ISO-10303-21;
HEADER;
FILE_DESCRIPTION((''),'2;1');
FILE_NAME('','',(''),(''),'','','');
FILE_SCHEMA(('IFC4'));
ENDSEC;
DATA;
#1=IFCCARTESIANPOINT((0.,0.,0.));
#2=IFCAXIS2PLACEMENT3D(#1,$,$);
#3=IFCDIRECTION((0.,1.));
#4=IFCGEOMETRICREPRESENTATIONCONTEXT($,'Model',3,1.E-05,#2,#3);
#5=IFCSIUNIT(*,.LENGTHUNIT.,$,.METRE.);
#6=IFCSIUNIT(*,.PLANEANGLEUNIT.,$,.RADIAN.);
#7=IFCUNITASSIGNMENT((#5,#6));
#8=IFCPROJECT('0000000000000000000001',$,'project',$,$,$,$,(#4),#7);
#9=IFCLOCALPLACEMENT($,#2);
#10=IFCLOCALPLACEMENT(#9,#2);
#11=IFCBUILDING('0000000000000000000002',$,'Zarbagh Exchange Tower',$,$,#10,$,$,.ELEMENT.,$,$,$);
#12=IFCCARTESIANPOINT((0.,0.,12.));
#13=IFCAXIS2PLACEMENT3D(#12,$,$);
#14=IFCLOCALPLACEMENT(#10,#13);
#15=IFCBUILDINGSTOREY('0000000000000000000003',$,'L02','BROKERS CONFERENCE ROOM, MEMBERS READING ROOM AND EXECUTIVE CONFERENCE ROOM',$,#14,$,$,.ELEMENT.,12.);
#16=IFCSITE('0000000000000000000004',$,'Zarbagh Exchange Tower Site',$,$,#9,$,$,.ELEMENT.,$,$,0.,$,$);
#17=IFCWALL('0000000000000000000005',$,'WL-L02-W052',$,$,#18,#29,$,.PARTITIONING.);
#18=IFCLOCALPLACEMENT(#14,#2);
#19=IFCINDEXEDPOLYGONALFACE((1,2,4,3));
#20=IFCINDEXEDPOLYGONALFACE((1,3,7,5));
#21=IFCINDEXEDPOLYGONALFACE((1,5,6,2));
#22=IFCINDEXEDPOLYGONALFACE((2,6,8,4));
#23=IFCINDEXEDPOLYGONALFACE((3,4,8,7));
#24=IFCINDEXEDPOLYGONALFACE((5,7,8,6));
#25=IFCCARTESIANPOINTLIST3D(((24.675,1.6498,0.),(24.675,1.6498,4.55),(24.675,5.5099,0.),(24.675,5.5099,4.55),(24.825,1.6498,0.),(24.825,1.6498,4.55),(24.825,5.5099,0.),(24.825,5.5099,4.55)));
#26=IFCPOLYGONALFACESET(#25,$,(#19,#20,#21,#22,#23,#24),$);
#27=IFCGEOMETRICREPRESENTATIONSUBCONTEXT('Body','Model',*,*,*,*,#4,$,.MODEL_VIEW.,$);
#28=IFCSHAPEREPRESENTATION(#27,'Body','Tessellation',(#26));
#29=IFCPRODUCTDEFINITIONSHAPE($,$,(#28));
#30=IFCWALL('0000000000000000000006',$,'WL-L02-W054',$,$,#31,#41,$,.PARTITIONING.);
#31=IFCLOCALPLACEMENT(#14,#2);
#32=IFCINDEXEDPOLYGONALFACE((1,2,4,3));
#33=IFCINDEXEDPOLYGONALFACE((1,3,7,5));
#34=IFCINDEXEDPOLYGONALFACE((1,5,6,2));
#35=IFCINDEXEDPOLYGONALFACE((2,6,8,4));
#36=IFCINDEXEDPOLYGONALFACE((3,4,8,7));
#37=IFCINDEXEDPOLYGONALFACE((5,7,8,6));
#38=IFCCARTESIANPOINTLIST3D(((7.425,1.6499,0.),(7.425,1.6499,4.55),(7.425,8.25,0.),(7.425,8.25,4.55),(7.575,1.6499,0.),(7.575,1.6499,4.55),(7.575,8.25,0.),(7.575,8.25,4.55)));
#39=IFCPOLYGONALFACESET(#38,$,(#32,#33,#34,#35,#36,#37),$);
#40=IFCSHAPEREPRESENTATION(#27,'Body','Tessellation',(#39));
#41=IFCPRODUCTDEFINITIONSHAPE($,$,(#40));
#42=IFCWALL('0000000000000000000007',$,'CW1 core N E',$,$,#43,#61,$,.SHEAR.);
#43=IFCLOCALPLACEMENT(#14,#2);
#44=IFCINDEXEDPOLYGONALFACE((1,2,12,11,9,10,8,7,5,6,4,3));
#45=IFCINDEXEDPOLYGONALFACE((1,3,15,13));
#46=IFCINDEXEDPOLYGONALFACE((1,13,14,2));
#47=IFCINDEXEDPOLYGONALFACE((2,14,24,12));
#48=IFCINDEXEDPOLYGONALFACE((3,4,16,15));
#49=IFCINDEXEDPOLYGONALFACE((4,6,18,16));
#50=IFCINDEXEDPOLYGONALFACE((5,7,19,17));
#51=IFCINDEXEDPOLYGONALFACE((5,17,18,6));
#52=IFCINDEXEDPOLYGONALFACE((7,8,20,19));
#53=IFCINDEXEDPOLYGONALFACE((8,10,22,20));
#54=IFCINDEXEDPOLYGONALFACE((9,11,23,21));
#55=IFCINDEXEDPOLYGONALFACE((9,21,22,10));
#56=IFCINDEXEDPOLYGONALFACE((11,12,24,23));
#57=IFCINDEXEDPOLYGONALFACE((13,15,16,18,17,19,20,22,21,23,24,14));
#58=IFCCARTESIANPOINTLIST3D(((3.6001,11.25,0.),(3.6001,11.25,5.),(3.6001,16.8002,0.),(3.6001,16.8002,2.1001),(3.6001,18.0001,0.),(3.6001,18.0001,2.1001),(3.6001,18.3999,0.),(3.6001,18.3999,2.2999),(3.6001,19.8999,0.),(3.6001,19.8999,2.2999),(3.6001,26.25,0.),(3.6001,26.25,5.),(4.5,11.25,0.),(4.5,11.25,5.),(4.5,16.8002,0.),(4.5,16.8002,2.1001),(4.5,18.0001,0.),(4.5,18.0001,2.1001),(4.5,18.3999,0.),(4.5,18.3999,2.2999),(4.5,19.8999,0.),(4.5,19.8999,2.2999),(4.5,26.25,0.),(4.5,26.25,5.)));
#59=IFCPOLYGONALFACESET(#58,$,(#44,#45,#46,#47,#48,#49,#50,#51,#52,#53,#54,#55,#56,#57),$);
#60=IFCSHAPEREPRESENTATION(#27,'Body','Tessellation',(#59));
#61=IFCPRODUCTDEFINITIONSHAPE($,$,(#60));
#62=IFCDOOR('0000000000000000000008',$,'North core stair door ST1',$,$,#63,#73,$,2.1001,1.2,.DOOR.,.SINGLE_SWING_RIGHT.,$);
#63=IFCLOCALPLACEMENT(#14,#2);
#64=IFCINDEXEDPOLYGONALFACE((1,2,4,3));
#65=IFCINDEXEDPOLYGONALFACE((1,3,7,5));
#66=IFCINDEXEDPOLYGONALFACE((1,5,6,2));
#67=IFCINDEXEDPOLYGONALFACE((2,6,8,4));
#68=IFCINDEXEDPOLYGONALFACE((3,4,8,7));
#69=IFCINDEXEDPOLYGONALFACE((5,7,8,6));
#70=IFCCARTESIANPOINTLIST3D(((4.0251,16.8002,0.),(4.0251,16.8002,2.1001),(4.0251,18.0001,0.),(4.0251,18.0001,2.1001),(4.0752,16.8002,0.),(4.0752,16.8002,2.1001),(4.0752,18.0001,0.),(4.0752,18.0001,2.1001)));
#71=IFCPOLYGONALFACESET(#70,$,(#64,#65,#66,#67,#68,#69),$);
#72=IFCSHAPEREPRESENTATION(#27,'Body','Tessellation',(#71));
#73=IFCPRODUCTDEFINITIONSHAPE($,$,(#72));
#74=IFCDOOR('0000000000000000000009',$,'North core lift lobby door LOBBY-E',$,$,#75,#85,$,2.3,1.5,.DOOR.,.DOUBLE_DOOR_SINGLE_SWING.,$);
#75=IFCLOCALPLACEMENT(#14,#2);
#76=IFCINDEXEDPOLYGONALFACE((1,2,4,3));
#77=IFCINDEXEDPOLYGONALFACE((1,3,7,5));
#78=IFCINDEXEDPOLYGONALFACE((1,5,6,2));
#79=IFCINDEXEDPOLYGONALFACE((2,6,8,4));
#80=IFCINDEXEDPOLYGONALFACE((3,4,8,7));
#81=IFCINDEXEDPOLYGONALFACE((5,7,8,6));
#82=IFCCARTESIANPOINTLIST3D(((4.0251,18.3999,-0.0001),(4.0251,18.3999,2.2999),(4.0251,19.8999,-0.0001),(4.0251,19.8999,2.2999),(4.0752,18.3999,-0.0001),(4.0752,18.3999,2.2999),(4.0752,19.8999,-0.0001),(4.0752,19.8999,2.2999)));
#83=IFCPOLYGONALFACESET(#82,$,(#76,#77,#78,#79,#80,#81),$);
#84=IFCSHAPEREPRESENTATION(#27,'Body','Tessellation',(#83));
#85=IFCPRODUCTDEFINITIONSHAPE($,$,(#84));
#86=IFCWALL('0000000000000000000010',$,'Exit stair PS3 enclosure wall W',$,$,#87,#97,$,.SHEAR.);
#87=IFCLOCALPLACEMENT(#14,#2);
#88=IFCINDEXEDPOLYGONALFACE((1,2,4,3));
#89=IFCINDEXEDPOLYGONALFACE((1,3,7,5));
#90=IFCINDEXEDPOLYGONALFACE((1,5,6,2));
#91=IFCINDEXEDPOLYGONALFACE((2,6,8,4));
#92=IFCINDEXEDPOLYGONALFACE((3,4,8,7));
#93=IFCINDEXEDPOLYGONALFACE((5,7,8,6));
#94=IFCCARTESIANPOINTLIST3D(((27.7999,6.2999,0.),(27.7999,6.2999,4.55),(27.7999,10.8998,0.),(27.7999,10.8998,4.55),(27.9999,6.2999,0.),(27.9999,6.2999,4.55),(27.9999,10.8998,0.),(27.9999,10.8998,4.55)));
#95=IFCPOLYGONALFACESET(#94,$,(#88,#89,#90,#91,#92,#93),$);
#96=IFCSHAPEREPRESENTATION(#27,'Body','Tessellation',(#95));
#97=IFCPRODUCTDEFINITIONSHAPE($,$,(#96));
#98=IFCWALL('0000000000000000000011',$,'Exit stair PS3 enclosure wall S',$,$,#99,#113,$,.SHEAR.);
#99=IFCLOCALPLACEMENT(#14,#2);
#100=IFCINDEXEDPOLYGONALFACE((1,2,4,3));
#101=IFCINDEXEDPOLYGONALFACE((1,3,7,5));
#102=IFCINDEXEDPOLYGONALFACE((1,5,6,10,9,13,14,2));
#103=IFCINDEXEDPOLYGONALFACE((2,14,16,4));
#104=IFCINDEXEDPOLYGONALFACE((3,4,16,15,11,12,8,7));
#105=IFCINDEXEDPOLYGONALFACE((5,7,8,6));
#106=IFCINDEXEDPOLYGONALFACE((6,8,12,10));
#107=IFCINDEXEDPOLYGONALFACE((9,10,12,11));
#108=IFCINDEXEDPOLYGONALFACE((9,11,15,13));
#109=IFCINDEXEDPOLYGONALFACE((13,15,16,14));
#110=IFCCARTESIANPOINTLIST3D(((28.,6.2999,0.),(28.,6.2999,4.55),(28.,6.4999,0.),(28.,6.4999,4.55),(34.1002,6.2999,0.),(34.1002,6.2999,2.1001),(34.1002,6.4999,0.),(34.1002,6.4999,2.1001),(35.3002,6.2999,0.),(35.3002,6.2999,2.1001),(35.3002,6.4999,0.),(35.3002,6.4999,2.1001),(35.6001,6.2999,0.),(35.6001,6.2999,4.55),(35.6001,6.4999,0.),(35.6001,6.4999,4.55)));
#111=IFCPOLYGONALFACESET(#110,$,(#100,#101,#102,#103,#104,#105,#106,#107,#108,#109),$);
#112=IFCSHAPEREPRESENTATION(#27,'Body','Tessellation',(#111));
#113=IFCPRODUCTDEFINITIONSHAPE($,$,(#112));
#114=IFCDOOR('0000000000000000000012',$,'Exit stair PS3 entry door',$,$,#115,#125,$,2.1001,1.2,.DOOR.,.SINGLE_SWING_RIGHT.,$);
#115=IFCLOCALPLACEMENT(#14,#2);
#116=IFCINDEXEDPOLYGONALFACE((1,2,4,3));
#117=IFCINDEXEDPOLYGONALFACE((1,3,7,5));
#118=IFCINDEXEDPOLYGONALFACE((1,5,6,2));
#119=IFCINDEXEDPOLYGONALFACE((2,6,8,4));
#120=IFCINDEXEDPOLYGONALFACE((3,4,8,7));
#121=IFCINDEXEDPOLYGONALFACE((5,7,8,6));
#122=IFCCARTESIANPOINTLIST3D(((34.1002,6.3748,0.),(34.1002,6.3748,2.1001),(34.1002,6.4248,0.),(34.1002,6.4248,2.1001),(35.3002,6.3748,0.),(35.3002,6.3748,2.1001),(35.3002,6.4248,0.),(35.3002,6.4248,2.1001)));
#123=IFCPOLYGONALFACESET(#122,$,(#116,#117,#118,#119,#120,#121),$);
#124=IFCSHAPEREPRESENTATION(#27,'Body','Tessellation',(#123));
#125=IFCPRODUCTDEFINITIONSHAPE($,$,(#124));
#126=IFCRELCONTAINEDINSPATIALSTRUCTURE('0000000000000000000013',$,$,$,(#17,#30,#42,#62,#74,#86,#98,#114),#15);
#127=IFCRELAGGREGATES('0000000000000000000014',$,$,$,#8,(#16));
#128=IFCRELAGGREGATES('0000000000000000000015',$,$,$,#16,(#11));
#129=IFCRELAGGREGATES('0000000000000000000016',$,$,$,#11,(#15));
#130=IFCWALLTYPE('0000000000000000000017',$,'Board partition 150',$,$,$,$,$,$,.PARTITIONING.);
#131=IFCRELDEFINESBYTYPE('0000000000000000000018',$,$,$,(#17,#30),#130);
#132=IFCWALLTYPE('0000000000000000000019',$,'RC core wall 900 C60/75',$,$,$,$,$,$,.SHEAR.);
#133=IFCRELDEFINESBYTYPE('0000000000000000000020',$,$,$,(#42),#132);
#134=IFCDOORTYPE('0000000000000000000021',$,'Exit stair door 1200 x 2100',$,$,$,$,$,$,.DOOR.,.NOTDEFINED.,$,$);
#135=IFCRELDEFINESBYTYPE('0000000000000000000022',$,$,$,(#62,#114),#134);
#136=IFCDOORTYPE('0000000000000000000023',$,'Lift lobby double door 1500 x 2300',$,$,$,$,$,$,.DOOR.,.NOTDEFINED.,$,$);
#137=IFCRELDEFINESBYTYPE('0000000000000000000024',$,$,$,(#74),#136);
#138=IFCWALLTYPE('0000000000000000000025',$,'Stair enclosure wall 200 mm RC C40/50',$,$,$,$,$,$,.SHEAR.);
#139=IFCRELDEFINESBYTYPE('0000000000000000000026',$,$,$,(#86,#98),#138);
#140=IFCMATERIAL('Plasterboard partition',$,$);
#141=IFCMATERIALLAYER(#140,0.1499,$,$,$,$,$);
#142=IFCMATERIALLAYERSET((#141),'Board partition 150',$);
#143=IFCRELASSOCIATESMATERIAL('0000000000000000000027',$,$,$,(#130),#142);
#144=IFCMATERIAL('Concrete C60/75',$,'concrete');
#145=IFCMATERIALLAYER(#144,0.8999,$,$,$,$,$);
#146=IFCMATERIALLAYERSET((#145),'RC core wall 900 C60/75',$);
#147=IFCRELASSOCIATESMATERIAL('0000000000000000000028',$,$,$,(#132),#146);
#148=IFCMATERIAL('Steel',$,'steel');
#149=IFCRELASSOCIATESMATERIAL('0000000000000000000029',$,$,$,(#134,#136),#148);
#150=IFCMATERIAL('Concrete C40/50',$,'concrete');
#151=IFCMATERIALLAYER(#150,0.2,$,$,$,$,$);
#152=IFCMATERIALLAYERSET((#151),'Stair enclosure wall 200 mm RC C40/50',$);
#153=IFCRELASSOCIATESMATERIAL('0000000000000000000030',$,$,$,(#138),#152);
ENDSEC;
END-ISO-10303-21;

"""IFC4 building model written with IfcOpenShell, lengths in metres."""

from ifc_helpers import new_model, si_unit, direction, frame, frame_2d, origin, place, context, subcontext, project, spatial, rectangle, extrude, material, layer, layer_set, type_object, element, fill, save


model = new_model("IFC4")

# Units and contexts
model_context = context("Model", 3, precision=1e-05, world=origin(), true_north=direction((0.0, 1.0)))
body_context = subcontext(model_context, "Body", "Model", "MODEL_VIEW")
ifc_project = project(units=[si_unit("LENGTHUNIT", "METRE"), si_unit("PLANEANGLEUNIT", "RADIAN")], contexts=[model_context])

# Site, building, storey
site_placement = place(None, origin())
site = spatial("IfcSite", under=ifc_project, at=site_placement, Name="Zarbagh Exchange Tower Site", CompositionType="ELEMENT", RefElevation=0.0)
building_placement = place(site_placement, origin())
building = spatial("IfcBuilding", under=site, at=building_placement, Name="Zarbagh Exchange Tower", CompositionType="ELEMENT")
storey_placement = place(building_placement, frame((0.0, 0.0, 12.0)))
storey = spatial("IfcBuildingStorey", under=building, at=storey_placement, Name="L02", Description="BROKERS CONFERENCE ROOM, MEMBERS READING ROOM AND EXECUTIVE CONFERENCE ROOM", CompositionType="ELEMENT", Elevation=12.0)

# Shared definitions
ifc_material_1 = material(Name="Concrete C60/75", Category="concrete")

# Shared definitions
ifc_material_2 = material(Name="Plasterboard partition")
ifc_layer_1 = layer(ifc_material_2, 0.1499)
ifc_layer_set_1 = layer_set([ifc_layer_1], Name="Board partition 150")
wall_type_1 = type_object("IfcWallType", Name="Board partition 150", PredefinedType="PARTITIONING", material=ifc_layer_set_1)

# Walls
wall_1_placement = place(storey_placement, frame((24.75, 5.51, 0.0), z_axis=(0.0, 0.0, 1.0), x_axis=(0.0, -1.0, 0.0)))
element("IfcWall", 1, at=wall_1_placement, inside=storey, type_object=wall_type_1, Name="WL-L02-W052", PredefinedType="PARTITIONING", context=body_context, shape_type="SweptSolid", body=[
    extrude(rectangle(XDim=3.8601, YDim=0.1499, at=frame_2d((1.9302, 0.0))), origin(), (0.0, 0.0, 1.0), 4.55),
])
wall_2_placement = place(storey_placement, frame((7.5, 1.6499, 0.0), z_axis=(0.0, 0.0, 1.0), x_axis=(0.0, 1.0, 0.0)))
element("IfcWall", 2, at=wall_2_placement, inside=storey, type_object=wall_type_1, Name="WL-L02-W054", PredefinedType="PARTITIONING", context=body_context, shape_type="SweptSolid", body=[
    extrude(rectangle(XDim=6.6001, YDim=0.1499, at=frame_2d((3.3, 0.0))), origin(), (0.0, 0.0, 1.0), 4.55),
])

# Wall, openings, doors
ifc_layer_2 = layer(ifc_material_1, 0.8999)
ifc_layer_set_2 = layer_set([ifc_layer_2], Name="RC core wall 900 C60/75")
wall_type_2 = type_object("IfcWallType", Name="RC core wall 900 C60/75", PredefinedType="SHEAR", material=ifc_layer_set_2)
wall_3_placement = place(storey_placement, frame((4.05, 11.25, 0.0), z_axis=(0.0, 0.0, 1.0), x_axis=(0.0, 1.0, 0.0)))
wall_3 = element("IfcWall", 3, at=wall_3_placement, inside=storey, type_object=wall_type_2, Name="CW1 core N E", PredefinedType="SHEAR", context=body_context, shape_type="SweptSolid", body=[
    extrude(rectangle(XDim=15.0, YDim=0.8999, at=frame_2d((7.5, 0.0))), origin(), (0.0, 0.0, 1.0), 5.0),
])
opening_1_placement = place(wall_3_placement, frame((7.1499, 0.0, 0.0)))
opening_1 = element("IfcOpeningElement", 4, at=opening_1_placement, cuts=wall_3, PredefinedType="OPENING", context=body_context, shape_type="SweptSolid", body=[
    extrude(rectangle(XDim=1.5, YDim=2.3, at=frame_2d((0.75, 1.1499))), frame((0.0, 0.46, 0.0), z_axis=(0.0, -1.0, 0.0), x_axis=(1.0, 0.0, 0.0)), (0.0, 0.0, 1.0), 0.9199),
])
opening_2_placement = place(wall_3_placement, frame((5.55, 0.0, 0.0)))
opening_2 = element("IfcOpeningElement", 5, at=opening_2_placement, cuts=wall_3, PredefinedType="OPENING", context=body_context, shape_type="SweptSolid", body=[
    extrude(rectangle(XDim=1.2, YDim=2.1001, at=frame_2d((0.6001, 1.05))), frame((0.0, 0.46, 0.0), z_axis=(0.0, -1.0, 0.0), x_axis=(1.0, 0.0, 0.0)), (0.0, 0.0, 1.0), 0.9199),
])
ifc_material_3 = material(Name="Steel", Category="steel")
door_type_1 = type_object("IfcDoorType", Name="Exit stair door 1200 x 2100", OperationType="NOTDEFINED", PredefinedType="DOOR", material=ifc_material_3)
door_1_placement = place(opening_2_placement, origin())
door_1 = element("IfcDoor", 6, at=door_1_placement, inside=storey, type_object=door_type_1, Name="North core stair door ST1", OperationType="SINGLE_SWING_RIGHT", OverallHeight=2.1001, OverallWidth=1.2, PredefinedType="DOOR", context=body_context, shape_type="SweptSolid", body=[
    extrude(rectangle(XDim=1.2, YDim=2.1001, at=frame_2d((0.6001, 1.05))), frame((0.0, 0.0249, 0.0), z_axis=(0.0, -1.0, 0.0), x_axis=(1.0, 0.0, 0.0)), (0.0, 0.0, 1.0), 0.05),
])
fill(opening_2, door_1)
door_type_2 = type_object("IfcDoorType", Name="Lift lobby double door 1500 x 2300", OperationType="NOTDEFINED", PredefinedType="DOOR", material=ifc_material_3)
door_2_placement = place(opening_1_placement, origin())
door_2 = element("IfcDoor", 7, at=door_2_placement, inside=storey, type_object=door_type_2, Name="North core lift lobby door LOBBY-E", OperationType="DOUBLE_DOOR_SINGLE_SWING", OverallHeight=2.3, OverallWidth=1.5, PredefinedType="DOOR", context=body_context, shape_type="SweptSolid", body=[
    extrude(rectangle(XDim=1.5, YDim=2.3, at=frame_2d((0.75, 1.1499))), frame((0.0, 0.0249, 0.0), z_axis=(0.0, -1.0, 0.0), x_axis=(1.0, 0.0, 0.0)), (0.0, 0.0, 1.0), 0.05),
])
fill(opening_1, door_2)

# Wall
ifc_material_4 = material(Name="Concrete C40/50", Category="concrete")
ifc_layer_3 = layer(ifc_material_4, 0.2)
ifc_layer_set_3 = layer_set([ifc_layer_3], Name="Stair enclosure wall 200 mm RC C40/50")
wall_type_3 = type_object("IfcWallType", Name="Stair enclosure wall 200 mm RC C40/50", PredefinedType="SHEAR", material=ifc_layer_set_3)
wall_4_placement = place(storey_placement, frame((27.8999, 6.3, 0.0), z_axis=(0.0, 0.0, 1.0), x_axis=(0.0, 1.0, 0.0)))
element("IfcWall", 8, at=wall_4_placement, inside=storey, type_object=wall_type_3, Name="Exit stair PS3 enclosure wall W", PredefinedType="SHEAR", context=body_context, shape_type="SweptSolid", body=[
    extrude(rectangle(XDim=4.5999, YDim=0.2, at=frame_2d((2.2998, 0.0))), origin(), (0.0, 0.0, 1.0), 4.55),
])

# Wall, opening, door
wall_5_placement = place(storey_placement, frame((28.0, 6.3999, 0.0), z_axis=(0.0, 0.0, 1.0), x_axis=(1.0, 0.0, 0.0)))
wall_5 = element("IfcWall", 9, at=wall_5_placement, inside=storey, type_object=wall_type_3, Name="Exit stair PS3 enclosure wall S", PredefinedType="SHEAR", context=body_context, shape_type="SweptSolid", body=[
    extrude(rectangle(XDim=7.6001, YDim=0.2, at=frame_2d((3.8, 0.0))), origin(), (0.0, 0.0, 1.0), 4.55),
])
opening_3_placement = place(wall_5_placement, frame((6.1001, 0.0, 0.0)))
opening_3 = element("IfcOpeningElement", 10, at=opening_3_placement, cuts=wall_5, PredefinedType="OPENING", context=body_context, shape_type="SweptSolid", body=[
    extrude(rectangle(XDim=1.2, YDim=2.1001, at=frame_2d((0.6001, 1.05))), frame((0.0, 0.1099, 0.0), z_axis=(0.0, -1.0, 0.0), x_axis=(1.0, 0.0, 0.0)), (0.0, 0.0, 1.0), 0.22),
])
door_3_placement = place(opening_3_placement, origin())
door_3 = element("IfcDoor", 11, at=door_3_placement, inside=storey, type_object=door_type_1, Name="Exit stair PS3 entry door", OperationType="SINGLE_SWING_RIGHT", OverallHeight=2.1001, OverallWidth=1.2, PredefinedType="DOOR", context=body_context, shape_type="SweptSolid", body=[
    extrude(rectangle(XDim=1.2, YDim=2.1001, at=frame_2d((0.6001, 1.05))), frame((0.0, 0.0249, 0.0), z_axis=(0.0, -1.0, 0.0), x_axis=(1.0, 0.0, 0.0)), (0.0, 0.0, 1.0), 0.05),
])
fill(opening_3, door_3)

save(model, "model.ifc")
